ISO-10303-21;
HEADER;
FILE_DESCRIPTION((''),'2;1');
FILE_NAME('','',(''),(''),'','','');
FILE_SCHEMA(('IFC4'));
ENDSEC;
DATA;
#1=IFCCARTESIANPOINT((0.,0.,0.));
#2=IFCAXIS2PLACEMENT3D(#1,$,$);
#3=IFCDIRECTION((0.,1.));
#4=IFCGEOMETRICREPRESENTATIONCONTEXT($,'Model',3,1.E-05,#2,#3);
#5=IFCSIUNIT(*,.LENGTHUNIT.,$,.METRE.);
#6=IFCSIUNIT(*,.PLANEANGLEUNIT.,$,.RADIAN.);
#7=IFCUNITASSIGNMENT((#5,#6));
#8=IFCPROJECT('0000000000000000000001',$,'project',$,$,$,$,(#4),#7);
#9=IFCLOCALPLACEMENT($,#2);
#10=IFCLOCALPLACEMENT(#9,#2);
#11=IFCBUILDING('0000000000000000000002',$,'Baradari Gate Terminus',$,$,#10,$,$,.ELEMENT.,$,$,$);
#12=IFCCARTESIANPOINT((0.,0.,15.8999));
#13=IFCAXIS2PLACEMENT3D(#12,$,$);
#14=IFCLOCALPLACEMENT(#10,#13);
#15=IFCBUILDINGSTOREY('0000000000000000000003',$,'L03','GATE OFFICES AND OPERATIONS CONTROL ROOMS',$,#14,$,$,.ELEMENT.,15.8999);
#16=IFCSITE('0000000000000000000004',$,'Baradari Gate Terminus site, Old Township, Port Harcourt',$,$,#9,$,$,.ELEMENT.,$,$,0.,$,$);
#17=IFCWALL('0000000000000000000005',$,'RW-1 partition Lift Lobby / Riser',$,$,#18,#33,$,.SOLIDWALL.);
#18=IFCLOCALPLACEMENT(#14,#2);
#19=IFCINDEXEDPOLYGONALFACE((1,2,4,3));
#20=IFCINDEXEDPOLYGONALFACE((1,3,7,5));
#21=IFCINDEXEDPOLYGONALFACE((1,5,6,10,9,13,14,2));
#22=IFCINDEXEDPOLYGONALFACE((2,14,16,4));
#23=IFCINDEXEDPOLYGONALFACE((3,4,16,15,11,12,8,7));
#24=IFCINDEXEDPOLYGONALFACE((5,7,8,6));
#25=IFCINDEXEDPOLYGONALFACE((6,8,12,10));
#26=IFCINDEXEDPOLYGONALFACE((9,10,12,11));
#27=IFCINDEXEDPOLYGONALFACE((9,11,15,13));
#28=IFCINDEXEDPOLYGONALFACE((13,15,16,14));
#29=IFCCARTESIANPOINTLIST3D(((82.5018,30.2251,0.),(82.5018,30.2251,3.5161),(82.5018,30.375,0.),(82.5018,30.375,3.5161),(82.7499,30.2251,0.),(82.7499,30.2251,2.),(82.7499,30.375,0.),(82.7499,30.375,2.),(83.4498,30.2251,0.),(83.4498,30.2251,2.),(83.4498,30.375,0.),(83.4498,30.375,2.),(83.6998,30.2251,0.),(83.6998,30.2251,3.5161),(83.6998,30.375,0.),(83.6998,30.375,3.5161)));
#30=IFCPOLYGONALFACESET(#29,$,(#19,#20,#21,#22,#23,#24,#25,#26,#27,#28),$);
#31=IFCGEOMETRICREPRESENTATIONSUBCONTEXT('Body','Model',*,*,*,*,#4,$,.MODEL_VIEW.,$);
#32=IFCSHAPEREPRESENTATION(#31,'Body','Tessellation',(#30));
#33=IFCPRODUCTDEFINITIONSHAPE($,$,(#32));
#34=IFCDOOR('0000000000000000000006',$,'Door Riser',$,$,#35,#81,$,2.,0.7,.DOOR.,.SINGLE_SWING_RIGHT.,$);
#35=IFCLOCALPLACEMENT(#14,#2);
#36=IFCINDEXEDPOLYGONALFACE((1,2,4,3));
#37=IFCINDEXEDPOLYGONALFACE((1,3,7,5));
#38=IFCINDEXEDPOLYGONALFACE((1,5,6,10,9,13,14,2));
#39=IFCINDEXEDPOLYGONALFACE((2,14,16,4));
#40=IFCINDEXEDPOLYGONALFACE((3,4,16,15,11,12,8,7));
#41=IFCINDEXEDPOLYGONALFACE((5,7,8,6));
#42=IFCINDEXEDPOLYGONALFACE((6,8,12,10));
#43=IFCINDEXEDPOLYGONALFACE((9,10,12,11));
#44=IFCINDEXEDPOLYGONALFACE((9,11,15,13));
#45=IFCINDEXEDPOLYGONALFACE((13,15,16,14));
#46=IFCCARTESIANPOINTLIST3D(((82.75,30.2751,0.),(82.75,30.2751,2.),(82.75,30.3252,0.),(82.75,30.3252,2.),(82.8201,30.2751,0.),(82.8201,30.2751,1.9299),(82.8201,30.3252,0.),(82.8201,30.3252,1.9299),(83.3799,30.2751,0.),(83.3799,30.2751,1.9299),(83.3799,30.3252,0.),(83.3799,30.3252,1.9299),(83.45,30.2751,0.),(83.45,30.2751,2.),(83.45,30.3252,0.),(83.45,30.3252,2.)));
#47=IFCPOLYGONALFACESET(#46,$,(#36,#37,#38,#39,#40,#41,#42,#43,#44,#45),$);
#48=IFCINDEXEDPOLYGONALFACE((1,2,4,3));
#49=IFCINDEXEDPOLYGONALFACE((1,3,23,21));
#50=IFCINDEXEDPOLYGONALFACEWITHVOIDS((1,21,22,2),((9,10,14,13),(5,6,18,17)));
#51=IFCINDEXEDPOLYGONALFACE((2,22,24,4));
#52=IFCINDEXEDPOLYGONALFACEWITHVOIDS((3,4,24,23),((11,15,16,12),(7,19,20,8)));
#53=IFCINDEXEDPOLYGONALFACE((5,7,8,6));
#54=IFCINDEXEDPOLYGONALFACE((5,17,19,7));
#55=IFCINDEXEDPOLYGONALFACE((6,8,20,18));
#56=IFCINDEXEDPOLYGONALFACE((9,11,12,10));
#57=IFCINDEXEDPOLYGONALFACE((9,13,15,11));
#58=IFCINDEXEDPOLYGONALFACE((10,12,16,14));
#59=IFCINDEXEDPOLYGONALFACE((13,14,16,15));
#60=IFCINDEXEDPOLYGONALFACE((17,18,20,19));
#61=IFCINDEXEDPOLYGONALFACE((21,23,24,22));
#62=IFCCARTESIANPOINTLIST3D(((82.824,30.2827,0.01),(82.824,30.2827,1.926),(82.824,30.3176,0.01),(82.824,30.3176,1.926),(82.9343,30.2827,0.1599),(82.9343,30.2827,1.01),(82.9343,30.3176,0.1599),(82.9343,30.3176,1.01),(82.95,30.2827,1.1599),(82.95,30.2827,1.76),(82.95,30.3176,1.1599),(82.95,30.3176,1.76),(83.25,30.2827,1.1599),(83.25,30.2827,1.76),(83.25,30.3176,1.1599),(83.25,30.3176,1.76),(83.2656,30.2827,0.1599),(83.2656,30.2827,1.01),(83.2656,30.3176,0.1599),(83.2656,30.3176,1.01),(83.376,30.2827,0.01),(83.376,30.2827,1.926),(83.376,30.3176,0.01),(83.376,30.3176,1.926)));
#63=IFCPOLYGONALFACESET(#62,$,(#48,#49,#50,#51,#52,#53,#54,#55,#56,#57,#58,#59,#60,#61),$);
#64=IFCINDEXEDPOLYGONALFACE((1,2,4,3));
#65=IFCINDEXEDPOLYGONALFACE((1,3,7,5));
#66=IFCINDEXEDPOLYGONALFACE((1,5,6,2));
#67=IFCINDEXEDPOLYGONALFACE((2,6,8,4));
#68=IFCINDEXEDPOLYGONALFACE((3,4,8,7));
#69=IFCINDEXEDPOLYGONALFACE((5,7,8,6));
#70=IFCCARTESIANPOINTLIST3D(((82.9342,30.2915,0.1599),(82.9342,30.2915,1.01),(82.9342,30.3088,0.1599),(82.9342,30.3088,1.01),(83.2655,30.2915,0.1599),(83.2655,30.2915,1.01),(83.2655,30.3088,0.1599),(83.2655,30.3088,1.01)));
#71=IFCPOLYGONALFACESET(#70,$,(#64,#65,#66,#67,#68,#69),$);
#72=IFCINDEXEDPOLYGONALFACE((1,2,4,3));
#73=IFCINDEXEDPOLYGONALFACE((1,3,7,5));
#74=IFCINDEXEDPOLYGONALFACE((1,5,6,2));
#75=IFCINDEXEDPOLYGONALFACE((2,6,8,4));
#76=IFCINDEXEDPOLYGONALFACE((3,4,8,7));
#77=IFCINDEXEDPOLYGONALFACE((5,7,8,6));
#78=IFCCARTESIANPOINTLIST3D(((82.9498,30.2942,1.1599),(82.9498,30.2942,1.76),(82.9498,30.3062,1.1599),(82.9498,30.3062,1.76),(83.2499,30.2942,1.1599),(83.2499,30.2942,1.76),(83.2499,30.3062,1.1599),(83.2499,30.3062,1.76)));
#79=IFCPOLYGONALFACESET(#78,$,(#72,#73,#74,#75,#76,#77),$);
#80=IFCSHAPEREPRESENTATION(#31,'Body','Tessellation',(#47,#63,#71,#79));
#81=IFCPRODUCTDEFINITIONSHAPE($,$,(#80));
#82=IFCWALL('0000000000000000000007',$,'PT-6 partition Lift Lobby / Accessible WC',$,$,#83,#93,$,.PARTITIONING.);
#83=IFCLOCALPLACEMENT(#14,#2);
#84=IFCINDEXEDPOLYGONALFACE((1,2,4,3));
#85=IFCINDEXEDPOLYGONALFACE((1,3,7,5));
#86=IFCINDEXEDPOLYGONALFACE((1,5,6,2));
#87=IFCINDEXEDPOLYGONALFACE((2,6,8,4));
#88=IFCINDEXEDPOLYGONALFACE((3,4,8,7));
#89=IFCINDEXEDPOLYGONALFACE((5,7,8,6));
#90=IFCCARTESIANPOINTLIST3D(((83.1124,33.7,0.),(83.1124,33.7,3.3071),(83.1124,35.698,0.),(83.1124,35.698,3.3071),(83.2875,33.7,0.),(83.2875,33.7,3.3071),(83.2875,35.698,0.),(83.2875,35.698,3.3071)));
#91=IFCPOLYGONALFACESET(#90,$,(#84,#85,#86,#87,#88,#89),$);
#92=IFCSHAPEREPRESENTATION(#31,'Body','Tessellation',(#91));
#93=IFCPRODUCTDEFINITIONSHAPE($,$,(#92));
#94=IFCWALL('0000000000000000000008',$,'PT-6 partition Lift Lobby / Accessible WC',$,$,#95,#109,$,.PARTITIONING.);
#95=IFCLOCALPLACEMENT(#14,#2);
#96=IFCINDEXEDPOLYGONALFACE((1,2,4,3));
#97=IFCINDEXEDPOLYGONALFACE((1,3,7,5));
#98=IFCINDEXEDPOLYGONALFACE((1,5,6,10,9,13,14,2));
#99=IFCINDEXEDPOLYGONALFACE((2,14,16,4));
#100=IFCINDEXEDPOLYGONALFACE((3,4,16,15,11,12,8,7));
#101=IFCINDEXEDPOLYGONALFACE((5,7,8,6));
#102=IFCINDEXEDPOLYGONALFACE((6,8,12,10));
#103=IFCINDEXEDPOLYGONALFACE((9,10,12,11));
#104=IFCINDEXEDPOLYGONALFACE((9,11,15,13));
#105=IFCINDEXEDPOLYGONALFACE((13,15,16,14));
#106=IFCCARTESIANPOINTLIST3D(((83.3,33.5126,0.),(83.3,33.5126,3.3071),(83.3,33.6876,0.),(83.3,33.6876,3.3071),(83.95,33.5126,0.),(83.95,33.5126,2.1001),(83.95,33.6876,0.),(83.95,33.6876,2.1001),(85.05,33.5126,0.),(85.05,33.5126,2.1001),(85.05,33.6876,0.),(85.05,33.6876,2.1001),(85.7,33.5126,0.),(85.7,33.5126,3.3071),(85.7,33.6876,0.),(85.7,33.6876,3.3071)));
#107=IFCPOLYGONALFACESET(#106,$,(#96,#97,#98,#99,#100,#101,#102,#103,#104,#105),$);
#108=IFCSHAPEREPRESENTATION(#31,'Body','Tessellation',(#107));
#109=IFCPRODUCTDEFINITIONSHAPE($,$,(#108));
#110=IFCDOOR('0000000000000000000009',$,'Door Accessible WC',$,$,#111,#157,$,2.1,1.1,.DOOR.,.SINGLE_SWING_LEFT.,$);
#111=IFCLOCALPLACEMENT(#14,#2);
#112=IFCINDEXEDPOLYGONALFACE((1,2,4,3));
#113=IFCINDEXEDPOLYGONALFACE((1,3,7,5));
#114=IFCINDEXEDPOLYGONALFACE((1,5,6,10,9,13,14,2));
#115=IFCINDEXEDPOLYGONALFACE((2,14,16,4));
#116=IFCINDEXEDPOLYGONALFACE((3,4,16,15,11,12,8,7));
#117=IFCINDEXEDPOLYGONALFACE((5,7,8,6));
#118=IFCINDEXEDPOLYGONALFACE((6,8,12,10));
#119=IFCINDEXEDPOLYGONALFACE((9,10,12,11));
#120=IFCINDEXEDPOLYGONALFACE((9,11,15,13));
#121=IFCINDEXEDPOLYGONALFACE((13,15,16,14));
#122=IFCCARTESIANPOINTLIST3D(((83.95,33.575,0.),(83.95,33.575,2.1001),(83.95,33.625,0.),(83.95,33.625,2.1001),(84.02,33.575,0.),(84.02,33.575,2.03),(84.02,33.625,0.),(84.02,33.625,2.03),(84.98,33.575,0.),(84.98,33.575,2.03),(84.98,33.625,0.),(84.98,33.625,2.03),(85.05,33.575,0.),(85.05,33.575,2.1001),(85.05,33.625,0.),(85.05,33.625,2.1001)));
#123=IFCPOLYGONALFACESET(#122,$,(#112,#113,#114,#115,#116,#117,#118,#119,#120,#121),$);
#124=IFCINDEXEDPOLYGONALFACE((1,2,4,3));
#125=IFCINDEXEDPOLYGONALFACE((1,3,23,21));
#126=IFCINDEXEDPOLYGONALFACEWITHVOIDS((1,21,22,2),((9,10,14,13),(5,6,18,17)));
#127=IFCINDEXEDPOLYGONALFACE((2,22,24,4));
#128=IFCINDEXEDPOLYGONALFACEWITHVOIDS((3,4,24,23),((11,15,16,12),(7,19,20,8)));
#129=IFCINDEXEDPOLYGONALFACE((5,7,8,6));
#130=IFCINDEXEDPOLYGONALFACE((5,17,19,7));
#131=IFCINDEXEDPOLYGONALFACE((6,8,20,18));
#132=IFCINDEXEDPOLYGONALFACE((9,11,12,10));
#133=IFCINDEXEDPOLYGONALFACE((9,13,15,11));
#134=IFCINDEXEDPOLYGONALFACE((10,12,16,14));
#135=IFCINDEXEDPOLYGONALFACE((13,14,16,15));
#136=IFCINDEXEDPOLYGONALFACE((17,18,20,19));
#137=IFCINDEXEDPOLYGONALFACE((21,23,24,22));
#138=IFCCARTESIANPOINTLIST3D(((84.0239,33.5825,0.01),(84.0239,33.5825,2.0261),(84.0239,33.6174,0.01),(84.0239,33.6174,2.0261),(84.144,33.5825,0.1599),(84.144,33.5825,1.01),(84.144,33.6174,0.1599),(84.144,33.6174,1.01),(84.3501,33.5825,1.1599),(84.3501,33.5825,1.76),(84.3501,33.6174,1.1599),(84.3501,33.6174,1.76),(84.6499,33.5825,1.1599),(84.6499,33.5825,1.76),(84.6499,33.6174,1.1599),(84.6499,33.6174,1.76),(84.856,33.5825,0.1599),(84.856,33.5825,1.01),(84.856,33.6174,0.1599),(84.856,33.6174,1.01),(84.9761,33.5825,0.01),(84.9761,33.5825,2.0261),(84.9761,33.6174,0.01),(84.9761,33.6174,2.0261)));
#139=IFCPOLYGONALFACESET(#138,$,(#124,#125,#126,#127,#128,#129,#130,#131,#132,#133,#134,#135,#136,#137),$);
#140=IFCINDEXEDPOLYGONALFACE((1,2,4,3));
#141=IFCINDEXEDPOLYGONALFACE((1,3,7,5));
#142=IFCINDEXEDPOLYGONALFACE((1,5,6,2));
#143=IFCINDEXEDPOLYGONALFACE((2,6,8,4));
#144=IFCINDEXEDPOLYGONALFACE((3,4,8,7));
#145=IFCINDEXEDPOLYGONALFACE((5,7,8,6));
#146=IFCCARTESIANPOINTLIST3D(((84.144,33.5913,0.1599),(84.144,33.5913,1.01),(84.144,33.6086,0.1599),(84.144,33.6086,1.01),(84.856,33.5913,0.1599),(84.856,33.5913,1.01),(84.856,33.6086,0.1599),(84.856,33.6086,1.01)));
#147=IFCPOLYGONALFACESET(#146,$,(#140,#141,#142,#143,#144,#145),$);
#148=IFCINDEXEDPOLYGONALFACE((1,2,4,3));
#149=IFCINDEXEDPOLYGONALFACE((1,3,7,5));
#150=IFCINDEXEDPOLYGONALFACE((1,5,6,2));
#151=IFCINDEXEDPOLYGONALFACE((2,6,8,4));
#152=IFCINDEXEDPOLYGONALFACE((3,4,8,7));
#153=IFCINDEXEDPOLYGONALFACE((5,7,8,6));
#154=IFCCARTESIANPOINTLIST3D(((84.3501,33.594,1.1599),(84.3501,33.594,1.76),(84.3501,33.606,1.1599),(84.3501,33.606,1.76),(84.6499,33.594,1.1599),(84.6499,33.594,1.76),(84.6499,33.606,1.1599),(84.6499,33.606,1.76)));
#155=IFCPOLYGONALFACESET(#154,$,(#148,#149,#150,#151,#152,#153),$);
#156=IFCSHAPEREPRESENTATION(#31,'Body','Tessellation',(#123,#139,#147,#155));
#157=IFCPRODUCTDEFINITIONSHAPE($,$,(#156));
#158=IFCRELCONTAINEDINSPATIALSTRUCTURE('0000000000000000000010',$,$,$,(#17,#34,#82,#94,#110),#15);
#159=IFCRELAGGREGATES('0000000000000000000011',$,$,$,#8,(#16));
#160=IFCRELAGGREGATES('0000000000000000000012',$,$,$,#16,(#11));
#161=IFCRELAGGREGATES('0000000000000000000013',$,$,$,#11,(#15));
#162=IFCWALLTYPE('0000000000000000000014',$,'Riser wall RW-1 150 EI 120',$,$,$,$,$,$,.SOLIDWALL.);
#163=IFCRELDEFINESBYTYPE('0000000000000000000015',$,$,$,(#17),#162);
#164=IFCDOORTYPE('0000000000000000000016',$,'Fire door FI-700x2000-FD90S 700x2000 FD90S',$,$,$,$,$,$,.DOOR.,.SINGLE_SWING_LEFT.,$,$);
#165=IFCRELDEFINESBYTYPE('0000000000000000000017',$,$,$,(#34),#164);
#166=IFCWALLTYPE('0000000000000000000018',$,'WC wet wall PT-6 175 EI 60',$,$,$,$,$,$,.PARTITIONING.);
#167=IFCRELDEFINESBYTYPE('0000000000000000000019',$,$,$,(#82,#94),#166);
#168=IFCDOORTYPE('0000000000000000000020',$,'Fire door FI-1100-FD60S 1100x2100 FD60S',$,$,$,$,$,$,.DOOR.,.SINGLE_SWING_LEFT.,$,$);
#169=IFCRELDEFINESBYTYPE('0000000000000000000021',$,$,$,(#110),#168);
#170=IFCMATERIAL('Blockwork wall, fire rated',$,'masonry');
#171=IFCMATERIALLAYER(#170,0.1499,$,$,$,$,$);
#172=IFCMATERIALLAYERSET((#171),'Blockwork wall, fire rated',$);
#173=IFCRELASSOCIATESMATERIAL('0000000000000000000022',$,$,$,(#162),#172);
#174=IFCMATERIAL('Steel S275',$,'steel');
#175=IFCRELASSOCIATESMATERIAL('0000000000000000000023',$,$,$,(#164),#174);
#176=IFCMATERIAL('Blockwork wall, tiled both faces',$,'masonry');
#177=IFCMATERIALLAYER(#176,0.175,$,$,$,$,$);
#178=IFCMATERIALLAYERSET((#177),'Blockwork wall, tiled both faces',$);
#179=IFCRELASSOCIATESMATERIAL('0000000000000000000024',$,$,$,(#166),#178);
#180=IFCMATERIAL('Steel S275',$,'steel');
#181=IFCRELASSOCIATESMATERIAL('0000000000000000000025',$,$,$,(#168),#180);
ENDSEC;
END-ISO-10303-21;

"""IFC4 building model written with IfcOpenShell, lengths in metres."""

from ifc_helpers import new_model, si_unit, direction, frame, frame_2d, origin, place, context, subcontext, project, spatial, polyline, rectangle, outline, extrude, material, layer, layer_set, type_object, element, fill, save


model = new_model("IFC4")

# Units and contexts
model_context = context("Model", 3, precision=1e-05, world=origin(), true_north=direction((0.0, 1.0)))
body_context = subcontext(model_context, "Body", "Model", "MODEL_VIEW")
ifc_project = project(units=[si_unit("LENGTHUNIT", "METRE"), si_unit("PLANEANGLEUNIT", "RADIAN")], contexts=[model_context])

# Site, building, storey
site_placement = place(None, origin())
site = spatial("IfcSite", under=ifc_project, at=site_placement, Name="Baradari Gate Terminus site, Old Township, Port Harcourt", CompositionType="ELEMENT", RefElevation=0.0)
building_placement = place(site_placement, origin())
building = spatial("IfcBuilding", under=site, at=building_placement, Name="Baradari Gate Terminus", CompositionType="ELEMENT")
storey_placement = place(building_placement, frame((0.0, 0.0, 15.8999)))
storey = spatial("IfcBuildingStorey", under=building, at=storey_placement, Name="L03", Description="GATE OFFICES AND OPERATIONS CONTROL ROOMS", CompositionType="ELEMENT", Elevation=15.8999)

# Wall, opening, door
ifc_material_1 = material(Name="Blockwork wall, fire rated", Category="masonry")
ifc_layer_1 = layer(ifc_material_1, 0.1499)
ifc_layer_set_1 = layer_set([ifc_layer_1], Name="Blockwork wall, fire rated")
wall_type_1 = type_object("IfcWallType", Name="Riser wall RW-1 150 EI 120", PredefinedType="SOLIDWALL", material=ifc_layer_set_1)
wall_1_placement = place(storey_placement, frame((83.7, 30.3, 0.0), z_axis=(0.0, 0.0, 1.0), x_axis=(-1.0, 0.0, 0.0)))
wall_1 = element("IfcWall", 1, at=wall_1_placement, inside=storey, type_object=wall_type_1, Name="RW-1 partition Lift Lobby / Riser", PredefinedType="SOLIDWALL", context=body_context, shape_type="SweptSolid", body=[
    extrude(rectangle(XDim=1.198, YDim=0.1499, at=frame_2d((0.5991, 0.0))), origin(), (0.0, 0.0, 1.0), 3.5161),
])
opening_1_placement = place(wall_1_placement, frame((0.25, 0.0, 0.0)))
opening_1 = element("IfcOpeningElement", 2, at=opening_1_placement, cuts=wall_1, PredefinedType="OPENING", context=body_context, shape_type="SweptSolid", body=[
    extrude(rectangle(XDim=0.7, YDim=2.0, at=frame_2d((0.3501, 1.0))), frame((0.0, 0.085, 0.0), z_axis=(0.0, -1.0, 0.0), x_axis=(1.0, 0.0, 0.0)), (0.0, 0.0, 1.0), 0.1699),
])
ifc_material_2 = material(Name="Steel S275", Category="steel")
door_type_1 = type_object("IfcDoorType", Name="Fire door FI-700x2000-FD90S 700x2000 FD90S", OperationType="SINGLE_SWING_LEFT", PredefinedType="DOOR", material=ifc_material_2)
door_1_placement = place(opening_1_placement, origin())
door_1 = element("IfcDoor", 3, at=door_1_placement, inside=storey, type_object=door_type_1, Name="Door Riser", OperationType="SINGLE_SWING_RIGHT", OverallHeight=2.0, OverallWidth=0.7, PredefinedType="DOOR", context=body_context, shape_type="SweptSolid", body=[
    extrude(outline(polyline([(0.0, 0.0), (0.0701, 0.0), (0.0701, 1.9299), (0.6299, 1.9299), (0.6299, 0.0), (0.7, 0.0), (0.7, 2.0), (0.0, 2.0), (0.0, 0.0)])), frame((0.0, 0.0249, 0.0), z_axis=(0.0, -1.0, 0.0), x_axis=(1.0, 0.0, 0.0)), (0.0, 0.0, 1.0), 0.05),
    extrude(outline(polyline([(0.074, 0.01), (0.626, 0.01), (0.626, 1.926), (0.074, 1.926), (0.074, 0.01)]), holes=[polyline([(0.1843, 0.1599), (0.5156, 0.1599), (0.5156, 1.01), (0.1843, 1.01), (0.1843, 0.1599)]), polyline([(0.2, 1.1599), (0.5, 1.1599), (0.5, 1.76), (0.2, 1.76), (0.2, 1.1599)])]), frame((0.0, 0.0173, 0.0), z_axis=(0.0, -1.0, 0.0), x_axis=(1.0, 0.0, 0.0)), (0.0, 0.0, 1.0), 0.0349),
    extrude(rectangle(XDim=0.3313, YDim=0.8501, at=frame_2d((0.3501, 0.585))), frame((0.0, 0.0085, 0.0), z_axis=(0.0, -1.0, 0.0), x_axis=(1.0, 0.0, 0.0)), (0.0, 0.0, 1.0), 0.0173),
    extrude(rectangle(XDim=0.3, YDim=0.6001, at=frame_2d((0.3501, 1.46))), frame((0.0, 0.0059, 0.0), z_axis=(0.0, -1.0, 0.0), x_axis=(1.0, 0.0, 0.0)), (0.0, 0.0, 1.0), 0.012),
])
fill(opening_1, door_1)

# Wall
ifc_material_3 = material(Name="Blockwork wall, tiled both faces", Category="masonry")
ifc_layer_2 = layer(ifc_material_3, 0.175)
ifc_layer_set_2 = layer_set([ifc_layer_2], Name="Blockwork wall, tiled both faces")
wall_type_2 = type_object("IfcWallType", Name="WC wet wall PT-6 175 EI 60", PredefinedType="PARTITIONING", material=ifc_layer_set_2)
wall_2_placement = place(storey_placement, frame((83.2, 35.698, 0.0), z_axis=(0.0, 0.0, 1.0), x_axis=(0.0, -1.0, 0.0)))
element("IfcWall", 4, at=wall_2_placement, inside=storey, type_object=wall_type_2, Name="PT-6 partition Lift Lobby / Accessible WC", PredefinedType="PARTITIONING", context=body_context, shape_type="SweptSolid", body=[
    extrude(rectangle(XDim=1.998, YDim=0.175, at=frame_2d((0.999, 0.0))), origin(), (0.0, 0.0, 1.0), 3.3071),
])

# Wall, opening, door
wall_3_placement = place(storey_placement, frame((83.3, 33.6001, 0.0), z_axis=(0.0, 0.0, 1.0), x_axis=(1.0, 0.0, 0.0)))
wall_3 = element("IfcWall", 5, at=wall_3_placement, inside=storey, type_object=wall_type_2, Name="PT-6 partition Lift Lobby / Accessible WC", PredefinedType="PARTITIONING", context=body_context, shape_type="SweptSolid", body=[
    extrude(rectangle(XDim=2.3999, YDim=0.175, at=frame_2d((1.2, 0.0))), origin(), (0.0, 0.0, 1.0), 3.3071),
])
opening_2_placement = place(wall_3_placement, frame((0.6499, 0.0, 0.0)))
opening_2 = element("IfcOpeningElement", 6, at=opening_2_placement, cuts=wall_3, PredefinedType="OPENING", context=body_context, shape_type="SweptSolid", body=[
    extrude(rectangle(XDim=1.1001, YDim=2.1001, at=frame_2d((0.55, 1.05))), frame((0.0, 0.0974, 0.0), z_axis=(0.0, -1.0, 0.0), x_axis=(1.0, 0.0, 0.0)), (0.0, 0.0, 1.0), 0.1951),
])
ifc_material_4 = material(Name="Steel S275", Category="steel")
door_type_2 = type_object("IfcDoorType", Name="Fire door FI-1100-FD60S 1100x2100 FD60S", OperationType="SINGLE_SWING_LEFT", PredefinedType="DOOR", material=ifc_material_4)
door_2_placement = place(opening_2_placement, origin())
door_2 = element("IfcDoor", 7, at=door_2_placement, inside=storey, type_object=door_type_2, Name="Door Accessible WC", OperationType="SINGLE_SWING_LEFT", OverallHeight=2.1, OverallWidth=1.1, PredefinedType="DOOR", context=body_context, shape_type="SweptSolid", body=[
    extrude(outline(polyline([(0.0, 0.0), (0.0701, 0.0), (0.0701, 2.03), (1.03, 2.03), (1.03, 0.0), (1.1001, 0.0), (1.1001, 2.1001), (0.0, 2.1001), (0.0, 0.0)])), frame((0.0, 0.0249, 0.0), z_axis=(0.0, -1.0, 0.0), x_axis=(1.0, 0.0, 0.0)), (0.0, 0.0, 1.0), 0.05),
    extrude(outline(polyline([(0.074, 0.01), (1.0261, 0.01), (1.0261, 2.0261), (0.074, 2.0261), (0.074, 0.01)]), holes=[polyline([(0.1941, 0.1599), (0.906, 0.1599), (0.906, 1.01), (0.1941, 1.01), (0.1941, 0.1599)]), polyline([(0.4001, 1.1599), (0.7, 1.1599), (0.7, 1.76), (0.4001, 1.76), (0.4001, 1.1599)])]), frame((0.0, 0.0173, 0.0), z_axis=(0.0, -1.0, 0.0), x_axis=(1.0, 0.0, 0.0)), (0.0, 0.0, 1.0), 0.0349),
    extrude(rectangle(XDim=0.7119, YDim=0.8501, at=frame_2d((0.55, 0.585))), frame((0.0, 0.0085, 0.0), z_axis=(0.0, -1.0, 0.0), x_axis=(1.0, 0.0, 0.0)), (0.0, 0.0, 1.0), 0.0173),
    extrude(rectangle(XDim=0.2998, YDim=0.6001, at=frame_2d((0.55, 1.46))), frame((0.0, 0.0059, 0.0), z_axis=(0.0, -1.0, 0.0), x_axis=(1.0, 0.0, 0.0)), (0.0, 0.0, 1.0), 0.012),
])
fill(opening_2, door_2)

save(model, "model.ifc")
